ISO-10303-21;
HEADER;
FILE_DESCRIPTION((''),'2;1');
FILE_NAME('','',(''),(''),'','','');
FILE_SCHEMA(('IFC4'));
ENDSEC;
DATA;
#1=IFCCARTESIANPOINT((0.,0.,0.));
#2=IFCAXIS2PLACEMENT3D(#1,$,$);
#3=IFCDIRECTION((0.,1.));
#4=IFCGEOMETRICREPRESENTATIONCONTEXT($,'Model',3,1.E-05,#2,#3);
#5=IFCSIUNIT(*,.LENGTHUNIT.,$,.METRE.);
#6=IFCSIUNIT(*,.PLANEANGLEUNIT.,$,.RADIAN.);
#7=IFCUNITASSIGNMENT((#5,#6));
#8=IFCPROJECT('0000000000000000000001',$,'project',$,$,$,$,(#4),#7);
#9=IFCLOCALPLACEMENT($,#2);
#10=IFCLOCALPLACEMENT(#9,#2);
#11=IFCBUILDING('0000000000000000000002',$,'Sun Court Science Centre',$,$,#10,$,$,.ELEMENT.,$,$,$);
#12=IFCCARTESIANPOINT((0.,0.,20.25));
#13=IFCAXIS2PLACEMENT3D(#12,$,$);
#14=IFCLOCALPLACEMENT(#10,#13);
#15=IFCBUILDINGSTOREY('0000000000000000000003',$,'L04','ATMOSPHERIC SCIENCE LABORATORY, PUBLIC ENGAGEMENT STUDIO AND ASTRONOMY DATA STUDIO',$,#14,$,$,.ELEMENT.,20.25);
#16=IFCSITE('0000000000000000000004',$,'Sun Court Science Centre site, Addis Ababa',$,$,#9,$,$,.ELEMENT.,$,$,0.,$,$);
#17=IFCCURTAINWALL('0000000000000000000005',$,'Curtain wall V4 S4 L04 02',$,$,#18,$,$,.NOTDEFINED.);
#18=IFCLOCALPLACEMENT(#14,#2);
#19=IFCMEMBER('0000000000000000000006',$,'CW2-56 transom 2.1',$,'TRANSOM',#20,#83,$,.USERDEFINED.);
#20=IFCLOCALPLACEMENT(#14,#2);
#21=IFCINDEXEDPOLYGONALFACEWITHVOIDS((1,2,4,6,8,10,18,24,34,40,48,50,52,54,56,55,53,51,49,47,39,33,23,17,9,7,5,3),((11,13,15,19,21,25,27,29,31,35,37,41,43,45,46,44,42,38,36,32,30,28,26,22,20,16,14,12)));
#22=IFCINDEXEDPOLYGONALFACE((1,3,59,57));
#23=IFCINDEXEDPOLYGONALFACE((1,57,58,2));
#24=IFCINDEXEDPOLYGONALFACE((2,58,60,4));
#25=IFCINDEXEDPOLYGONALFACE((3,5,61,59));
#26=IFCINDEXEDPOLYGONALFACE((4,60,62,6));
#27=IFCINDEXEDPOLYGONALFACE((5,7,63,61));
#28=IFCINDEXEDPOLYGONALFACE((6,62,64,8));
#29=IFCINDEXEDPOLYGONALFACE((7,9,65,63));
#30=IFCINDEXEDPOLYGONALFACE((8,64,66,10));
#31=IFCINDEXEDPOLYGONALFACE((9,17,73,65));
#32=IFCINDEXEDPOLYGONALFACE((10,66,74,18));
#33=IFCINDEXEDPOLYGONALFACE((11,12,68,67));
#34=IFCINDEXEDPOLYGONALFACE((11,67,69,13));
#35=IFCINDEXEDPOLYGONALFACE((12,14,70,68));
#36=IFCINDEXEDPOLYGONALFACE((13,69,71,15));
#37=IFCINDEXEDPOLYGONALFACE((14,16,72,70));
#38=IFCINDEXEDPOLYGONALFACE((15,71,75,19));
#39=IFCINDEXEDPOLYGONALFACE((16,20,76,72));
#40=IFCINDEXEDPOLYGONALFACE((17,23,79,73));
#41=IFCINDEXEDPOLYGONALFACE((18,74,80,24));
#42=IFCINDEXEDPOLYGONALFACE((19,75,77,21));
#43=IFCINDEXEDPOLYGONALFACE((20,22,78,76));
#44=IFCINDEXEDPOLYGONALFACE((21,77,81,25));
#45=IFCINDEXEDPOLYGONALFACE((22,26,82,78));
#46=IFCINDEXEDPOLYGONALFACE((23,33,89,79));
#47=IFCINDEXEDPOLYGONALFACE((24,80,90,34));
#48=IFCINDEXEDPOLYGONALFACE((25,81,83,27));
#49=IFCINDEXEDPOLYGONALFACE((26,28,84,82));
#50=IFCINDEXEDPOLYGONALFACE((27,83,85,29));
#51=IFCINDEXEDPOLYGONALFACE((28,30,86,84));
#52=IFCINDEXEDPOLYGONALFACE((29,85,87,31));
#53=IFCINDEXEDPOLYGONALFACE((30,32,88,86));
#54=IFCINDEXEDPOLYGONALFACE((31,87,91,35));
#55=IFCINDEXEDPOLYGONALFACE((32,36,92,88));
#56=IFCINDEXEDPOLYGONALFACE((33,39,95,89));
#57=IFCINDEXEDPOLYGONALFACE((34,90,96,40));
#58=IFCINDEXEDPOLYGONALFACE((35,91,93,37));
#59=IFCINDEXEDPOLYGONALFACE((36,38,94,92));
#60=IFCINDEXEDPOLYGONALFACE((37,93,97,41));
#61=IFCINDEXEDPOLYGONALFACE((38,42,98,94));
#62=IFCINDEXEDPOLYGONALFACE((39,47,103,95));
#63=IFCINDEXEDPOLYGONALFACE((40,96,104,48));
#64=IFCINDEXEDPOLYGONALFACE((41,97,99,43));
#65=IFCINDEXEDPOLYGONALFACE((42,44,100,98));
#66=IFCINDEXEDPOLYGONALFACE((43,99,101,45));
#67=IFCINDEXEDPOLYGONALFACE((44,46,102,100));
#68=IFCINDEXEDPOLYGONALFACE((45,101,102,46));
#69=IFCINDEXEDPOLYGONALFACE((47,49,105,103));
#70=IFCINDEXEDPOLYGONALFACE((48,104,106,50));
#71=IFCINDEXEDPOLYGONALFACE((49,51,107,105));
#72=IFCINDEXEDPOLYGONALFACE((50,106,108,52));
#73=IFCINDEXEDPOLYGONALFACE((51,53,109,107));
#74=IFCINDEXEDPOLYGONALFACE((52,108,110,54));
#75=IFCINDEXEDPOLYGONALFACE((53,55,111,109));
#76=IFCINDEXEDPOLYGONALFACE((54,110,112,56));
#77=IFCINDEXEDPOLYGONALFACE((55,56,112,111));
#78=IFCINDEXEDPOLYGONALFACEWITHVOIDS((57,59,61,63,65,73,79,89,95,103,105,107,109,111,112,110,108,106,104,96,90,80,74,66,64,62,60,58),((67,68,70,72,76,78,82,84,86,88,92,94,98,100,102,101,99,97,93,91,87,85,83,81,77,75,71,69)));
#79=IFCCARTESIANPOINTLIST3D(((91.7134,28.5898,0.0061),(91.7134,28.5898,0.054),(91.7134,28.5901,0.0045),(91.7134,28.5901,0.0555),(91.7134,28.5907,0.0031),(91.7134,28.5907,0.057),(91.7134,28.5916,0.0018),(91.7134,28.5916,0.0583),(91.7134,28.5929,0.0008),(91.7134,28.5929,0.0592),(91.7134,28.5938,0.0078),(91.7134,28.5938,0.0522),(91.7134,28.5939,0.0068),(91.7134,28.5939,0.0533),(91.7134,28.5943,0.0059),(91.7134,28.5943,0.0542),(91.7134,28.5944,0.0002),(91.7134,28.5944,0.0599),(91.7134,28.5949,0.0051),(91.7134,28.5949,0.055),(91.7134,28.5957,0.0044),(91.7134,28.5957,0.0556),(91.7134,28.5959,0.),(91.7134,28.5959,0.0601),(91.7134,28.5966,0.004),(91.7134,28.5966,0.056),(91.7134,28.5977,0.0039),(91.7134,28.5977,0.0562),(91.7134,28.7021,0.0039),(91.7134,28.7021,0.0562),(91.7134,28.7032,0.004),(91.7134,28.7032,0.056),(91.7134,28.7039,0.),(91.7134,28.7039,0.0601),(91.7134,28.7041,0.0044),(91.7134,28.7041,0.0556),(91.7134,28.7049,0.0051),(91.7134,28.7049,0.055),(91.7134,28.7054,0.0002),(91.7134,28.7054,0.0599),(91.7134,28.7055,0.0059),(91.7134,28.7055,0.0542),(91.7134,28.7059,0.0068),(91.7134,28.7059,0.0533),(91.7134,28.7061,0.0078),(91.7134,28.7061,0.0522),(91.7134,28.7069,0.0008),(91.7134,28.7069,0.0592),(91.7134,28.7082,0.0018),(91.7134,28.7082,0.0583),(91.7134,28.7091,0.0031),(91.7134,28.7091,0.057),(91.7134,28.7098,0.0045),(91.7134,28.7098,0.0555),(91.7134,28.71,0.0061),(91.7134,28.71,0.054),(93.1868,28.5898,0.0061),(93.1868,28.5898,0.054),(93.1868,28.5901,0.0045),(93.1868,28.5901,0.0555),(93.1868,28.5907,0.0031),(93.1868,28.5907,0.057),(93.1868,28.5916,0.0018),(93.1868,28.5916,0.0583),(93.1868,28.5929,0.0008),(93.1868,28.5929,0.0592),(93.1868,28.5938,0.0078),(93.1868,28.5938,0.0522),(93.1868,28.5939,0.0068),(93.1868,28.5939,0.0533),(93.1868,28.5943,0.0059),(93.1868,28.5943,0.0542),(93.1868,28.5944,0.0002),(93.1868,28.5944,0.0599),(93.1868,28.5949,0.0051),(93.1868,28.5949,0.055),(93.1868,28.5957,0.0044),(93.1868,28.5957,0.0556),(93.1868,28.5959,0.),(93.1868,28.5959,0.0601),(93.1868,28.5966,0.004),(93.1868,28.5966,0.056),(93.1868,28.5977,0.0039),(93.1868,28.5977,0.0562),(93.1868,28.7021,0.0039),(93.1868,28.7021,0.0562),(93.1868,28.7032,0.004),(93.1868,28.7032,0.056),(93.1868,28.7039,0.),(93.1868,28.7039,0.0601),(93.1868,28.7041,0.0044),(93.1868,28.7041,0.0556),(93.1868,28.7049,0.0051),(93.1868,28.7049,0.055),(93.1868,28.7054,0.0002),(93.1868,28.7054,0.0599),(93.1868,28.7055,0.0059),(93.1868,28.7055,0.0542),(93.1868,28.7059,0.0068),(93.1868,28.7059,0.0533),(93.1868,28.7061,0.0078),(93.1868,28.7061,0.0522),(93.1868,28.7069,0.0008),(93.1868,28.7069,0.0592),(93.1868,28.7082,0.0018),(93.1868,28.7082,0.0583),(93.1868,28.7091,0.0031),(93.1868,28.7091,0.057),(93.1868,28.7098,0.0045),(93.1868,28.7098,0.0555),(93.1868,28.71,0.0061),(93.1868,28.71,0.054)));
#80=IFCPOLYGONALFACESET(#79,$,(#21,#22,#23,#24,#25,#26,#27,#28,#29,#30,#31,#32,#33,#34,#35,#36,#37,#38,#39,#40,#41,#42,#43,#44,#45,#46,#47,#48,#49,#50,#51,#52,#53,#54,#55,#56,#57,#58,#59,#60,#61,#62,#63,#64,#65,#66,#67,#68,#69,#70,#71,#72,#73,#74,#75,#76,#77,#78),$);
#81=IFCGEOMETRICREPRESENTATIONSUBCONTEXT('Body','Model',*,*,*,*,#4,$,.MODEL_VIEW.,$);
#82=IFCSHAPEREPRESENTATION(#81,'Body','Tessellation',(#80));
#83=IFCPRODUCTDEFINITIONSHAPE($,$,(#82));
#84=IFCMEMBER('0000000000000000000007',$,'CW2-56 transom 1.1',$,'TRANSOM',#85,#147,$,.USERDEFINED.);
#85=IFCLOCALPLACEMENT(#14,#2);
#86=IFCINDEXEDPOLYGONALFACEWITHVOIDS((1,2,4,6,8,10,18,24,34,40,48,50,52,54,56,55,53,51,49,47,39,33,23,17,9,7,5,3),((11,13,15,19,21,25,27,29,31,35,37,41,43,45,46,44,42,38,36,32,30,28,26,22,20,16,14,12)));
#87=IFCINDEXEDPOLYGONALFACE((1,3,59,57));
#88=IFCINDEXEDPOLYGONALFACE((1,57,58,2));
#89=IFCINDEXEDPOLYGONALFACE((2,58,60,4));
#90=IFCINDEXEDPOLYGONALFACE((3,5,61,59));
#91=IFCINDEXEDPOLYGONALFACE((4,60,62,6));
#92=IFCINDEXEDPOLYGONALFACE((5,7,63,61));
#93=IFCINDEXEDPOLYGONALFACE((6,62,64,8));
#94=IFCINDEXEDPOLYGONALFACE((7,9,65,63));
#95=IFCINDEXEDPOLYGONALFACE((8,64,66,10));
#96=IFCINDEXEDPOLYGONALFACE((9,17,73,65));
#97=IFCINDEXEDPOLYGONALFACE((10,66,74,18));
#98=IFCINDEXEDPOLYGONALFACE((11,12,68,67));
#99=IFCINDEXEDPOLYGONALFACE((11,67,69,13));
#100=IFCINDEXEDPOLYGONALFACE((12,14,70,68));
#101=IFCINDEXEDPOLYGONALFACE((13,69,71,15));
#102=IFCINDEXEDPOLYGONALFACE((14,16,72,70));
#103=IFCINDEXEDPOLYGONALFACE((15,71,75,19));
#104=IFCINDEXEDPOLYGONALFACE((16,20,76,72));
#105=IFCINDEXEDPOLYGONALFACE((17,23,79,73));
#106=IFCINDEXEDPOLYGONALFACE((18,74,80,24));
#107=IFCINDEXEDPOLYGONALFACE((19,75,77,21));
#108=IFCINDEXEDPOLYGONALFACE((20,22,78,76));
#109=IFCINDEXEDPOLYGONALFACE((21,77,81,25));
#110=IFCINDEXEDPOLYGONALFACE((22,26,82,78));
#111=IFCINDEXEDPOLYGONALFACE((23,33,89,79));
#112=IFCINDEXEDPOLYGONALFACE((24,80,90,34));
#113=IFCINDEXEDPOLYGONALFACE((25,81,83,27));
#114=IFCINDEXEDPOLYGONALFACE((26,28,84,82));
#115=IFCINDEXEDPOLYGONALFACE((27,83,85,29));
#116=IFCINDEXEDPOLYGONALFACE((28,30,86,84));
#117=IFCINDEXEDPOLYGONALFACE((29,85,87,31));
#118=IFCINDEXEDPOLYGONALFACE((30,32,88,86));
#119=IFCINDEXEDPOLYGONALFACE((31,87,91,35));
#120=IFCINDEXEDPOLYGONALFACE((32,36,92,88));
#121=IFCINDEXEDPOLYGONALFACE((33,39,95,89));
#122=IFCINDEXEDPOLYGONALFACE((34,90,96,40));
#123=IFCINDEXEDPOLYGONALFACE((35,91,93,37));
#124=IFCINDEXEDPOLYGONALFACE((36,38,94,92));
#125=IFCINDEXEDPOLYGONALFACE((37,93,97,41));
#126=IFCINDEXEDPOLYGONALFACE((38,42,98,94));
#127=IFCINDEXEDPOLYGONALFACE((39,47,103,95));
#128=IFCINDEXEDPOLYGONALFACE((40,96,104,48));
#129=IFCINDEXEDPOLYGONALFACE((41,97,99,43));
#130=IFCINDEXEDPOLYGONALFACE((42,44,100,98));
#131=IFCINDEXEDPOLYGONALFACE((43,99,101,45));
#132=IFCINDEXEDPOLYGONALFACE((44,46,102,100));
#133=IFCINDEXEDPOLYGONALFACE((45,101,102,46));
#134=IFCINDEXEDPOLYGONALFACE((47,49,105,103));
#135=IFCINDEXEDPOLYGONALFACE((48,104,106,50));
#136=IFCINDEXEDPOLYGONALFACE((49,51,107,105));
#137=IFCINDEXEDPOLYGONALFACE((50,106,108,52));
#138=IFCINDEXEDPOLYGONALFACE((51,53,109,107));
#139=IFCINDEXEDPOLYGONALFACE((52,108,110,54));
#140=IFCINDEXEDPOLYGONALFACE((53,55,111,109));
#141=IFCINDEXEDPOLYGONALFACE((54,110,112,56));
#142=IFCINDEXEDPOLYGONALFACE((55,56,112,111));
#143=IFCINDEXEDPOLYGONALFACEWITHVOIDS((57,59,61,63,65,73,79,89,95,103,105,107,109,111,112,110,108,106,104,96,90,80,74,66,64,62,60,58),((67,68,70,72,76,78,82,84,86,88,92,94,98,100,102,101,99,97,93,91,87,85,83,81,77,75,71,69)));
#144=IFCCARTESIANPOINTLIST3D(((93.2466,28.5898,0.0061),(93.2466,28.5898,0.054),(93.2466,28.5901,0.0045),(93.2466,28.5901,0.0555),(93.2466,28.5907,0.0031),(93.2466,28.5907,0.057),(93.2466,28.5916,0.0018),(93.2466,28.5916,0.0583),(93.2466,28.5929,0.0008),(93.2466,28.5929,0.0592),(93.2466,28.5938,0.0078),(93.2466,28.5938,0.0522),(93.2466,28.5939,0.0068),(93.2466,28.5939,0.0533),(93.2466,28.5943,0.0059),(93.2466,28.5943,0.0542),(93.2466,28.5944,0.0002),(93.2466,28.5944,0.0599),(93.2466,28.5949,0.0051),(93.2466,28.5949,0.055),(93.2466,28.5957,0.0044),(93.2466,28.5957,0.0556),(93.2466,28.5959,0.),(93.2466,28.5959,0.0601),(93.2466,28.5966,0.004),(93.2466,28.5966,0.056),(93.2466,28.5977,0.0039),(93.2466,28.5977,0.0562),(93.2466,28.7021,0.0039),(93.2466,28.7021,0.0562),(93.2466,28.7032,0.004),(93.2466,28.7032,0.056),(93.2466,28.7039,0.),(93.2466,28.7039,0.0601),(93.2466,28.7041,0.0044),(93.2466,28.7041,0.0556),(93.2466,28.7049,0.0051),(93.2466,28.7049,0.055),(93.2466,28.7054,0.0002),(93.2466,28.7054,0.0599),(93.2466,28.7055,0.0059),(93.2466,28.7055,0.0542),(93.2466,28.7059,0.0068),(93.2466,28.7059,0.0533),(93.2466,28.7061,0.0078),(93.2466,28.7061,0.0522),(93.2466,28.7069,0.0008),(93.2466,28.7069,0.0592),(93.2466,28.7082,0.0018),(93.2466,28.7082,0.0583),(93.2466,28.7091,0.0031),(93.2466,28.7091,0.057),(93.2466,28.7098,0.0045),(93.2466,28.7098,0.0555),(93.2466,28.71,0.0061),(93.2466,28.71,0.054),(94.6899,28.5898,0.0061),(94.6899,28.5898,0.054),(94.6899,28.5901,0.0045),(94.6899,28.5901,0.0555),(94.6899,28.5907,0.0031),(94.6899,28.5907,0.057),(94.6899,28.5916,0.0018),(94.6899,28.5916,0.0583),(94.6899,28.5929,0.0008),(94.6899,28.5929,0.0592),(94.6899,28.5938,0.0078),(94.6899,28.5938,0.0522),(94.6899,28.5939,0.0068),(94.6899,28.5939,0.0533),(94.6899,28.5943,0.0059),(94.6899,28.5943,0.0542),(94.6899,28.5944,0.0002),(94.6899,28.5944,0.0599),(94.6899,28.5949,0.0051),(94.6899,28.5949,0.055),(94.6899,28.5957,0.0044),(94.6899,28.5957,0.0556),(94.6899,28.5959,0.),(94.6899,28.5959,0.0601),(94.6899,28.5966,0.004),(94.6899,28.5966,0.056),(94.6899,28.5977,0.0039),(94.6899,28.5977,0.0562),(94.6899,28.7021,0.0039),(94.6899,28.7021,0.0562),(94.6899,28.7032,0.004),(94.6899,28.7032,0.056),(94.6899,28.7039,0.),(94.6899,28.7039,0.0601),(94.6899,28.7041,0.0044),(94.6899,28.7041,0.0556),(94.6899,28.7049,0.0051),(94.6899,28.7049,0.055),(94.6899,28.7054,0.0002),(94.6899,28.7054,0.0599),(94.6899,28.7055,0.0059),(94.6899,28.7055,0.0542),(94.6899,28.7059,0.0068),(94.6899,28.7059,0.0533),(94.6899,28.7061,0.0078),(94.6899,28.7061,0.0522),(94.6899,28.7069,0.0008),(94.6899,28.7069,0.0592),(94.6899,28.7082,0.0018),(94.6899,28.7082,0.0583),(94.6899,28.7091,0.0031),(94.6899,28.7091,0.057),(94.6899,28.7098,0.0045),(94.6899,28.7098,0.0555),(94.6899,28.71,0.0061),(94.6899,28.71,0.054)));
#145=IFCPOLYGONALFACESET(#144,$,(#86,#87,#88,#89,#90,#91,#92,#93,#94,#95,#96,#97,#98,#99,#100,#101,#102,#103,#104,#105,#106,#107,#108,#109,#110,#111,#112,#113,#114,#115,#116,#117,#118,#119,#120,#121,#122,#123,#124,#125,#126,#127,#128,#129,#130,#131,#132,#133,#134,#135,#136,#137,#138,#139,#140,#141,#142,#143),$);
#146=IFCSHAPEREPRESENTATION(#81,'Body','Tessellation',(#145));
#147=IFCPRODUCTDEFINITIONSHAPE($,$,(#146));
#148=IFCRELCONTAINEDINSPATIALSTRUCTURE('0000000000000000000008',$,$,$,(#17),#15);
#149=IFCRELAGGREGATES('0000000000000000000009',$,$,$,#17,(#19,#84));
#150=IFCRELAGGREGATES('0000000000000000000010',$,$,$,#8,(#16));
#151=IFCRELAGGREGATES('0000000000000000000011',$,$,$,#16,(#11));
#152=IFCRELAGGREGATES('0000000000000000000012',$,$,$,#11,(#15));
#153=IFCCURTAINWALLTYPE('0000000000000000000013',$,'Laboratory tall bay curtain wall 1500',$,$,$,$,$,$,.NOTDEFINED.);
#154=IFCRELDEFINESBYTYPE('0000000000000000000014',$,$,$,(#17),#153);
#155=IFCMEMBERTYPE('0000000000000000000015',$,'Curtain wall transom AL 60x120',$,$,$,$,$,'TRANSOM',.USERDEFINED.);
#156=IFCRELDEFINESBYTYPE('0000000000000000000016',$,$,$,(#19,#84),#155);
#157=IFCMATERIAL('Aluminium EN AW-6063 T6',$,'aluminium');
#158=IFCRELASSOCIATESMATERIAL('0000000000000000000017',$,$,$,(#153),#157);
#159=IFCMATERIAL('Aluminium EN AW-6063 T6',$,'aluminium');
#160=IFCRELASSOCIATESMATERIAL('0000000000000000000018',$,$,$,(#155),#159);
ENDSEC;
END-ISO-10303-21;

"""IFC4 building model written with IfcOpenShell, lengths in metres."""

from ifc_helpers import new_model, si_unit, direction, frame, origin, origin_2d, place, context, subcontext, project, spatial, hollow_rectangle, extrude, material, material_profile, profile_set, type_object, element, aggregate, save


model = new_model("IFC4")

# Units and contexts
model_context = context("Model", 3, precision=1e-05, world=origin(), true_north=direction((0.0, 1.0)))
body_context = subcontext(model_context, "Body", "Model", "MODEL_VIEW")
ifc_project = project(units=[si_unit("LENGTHUNIT", "METRE"), si_unit("PLANEANGLEUNIT", "RADIAN")], contexts=[model_context])

# Site, building, storey
site_placement = place(None, origin())
site = spatial("IfcSite", under=ifc_project, at=site_placement, Name="Sun Court Science Centre site, Addis Ababa", CompositionType="ELEMENT", RefElevation=0.0)
building_placement = place(site_placement, origin())
building = spatial("IfcBuilding", under=site, at=building_placement, Name="Sun Court Science Centre", CompositionType="ELEMENT")
storey_placement = place(building_placement, frame((0.0, 0.0, 20.25)))
storey = spatial("IfcBuildingStorey", under=building, at=storey_placement, Name="L04", Description="ATMOSPHERIC SCIENCE LABORATORY, PUBLIC ENGAGEMENT STUDIO AND ASTRONOMY DATA STUDIO", CompositionType="ELEMENT", Elevation=20.25)

# Shared definitions
ifc_material_1 = material(Name="Aluminium EN AW-6063 T6", Category="aluminium")
curtain_wall_type = type_object("IfcCurtainWallType", Name="Laboratory tall bay curtain wall 1500", PredefinedType="NOTDEFINED", material=ifc_material_1)

# Curtain wall
curtain_wall_1_placement = place(storey_placement, origin())
curtain_wall_1 = element("IfcCurtainWall", 1, at=curtain_wall_1_placement, inside=storey, type_object=curtain_wall_type, Name="Curtain wall V4 S4 L04 02", PredefinedType="NOTDEFINED")

# Members
ifc_material_2 = material(Name="Aluminium EN AW-6063 T6", Category="aluminium")
ifc_material_profile_1 = material_profile(ifc_material_2, hollow_rectangle(XDim=0.0601, YDim=0.1201, WallThickness=0.0039, InnerFilletRadius=0.0039, OuterFilletRadius=0.0061, at=origin_2d()), Name="AL 60x120x4")
ifc_profile_set_1 = profile_set([ifc_material_profile_1], Name="Aluminium EN AW-6063 T6")
member_type_1 = type_object("IfcMemberType", Name="Curtain wall transom AL 60x120", ElementType="TRANSOM", PredefinedType="USERDEFINED", material=ifc_profile_set_1)
member_1_placement = place(storey_placement, frame((93.1868, 28.6499, 0.03), z_axis=(-1.0, 0.0, 0.0), x_axis=(0.0, 0.0, 1.0)))
member_1 = element("IfcMember", 2, at=member_1_placement, type_object=member_type_1, Name="CW2-56 transom 2.1", ObjectType="TRANSOM", PredefinedType="USERDEFINED", context=body_context, shape_type="SweptSolid", body=[
    extrude(hollow_rectangle(XDim=0.0601, YDim=0.1201, WallThickness=0.0039, InnerFilletRadius=0.0039, OuterFilletRadius=0.0061, at=origin_2d()), origin(), (0.0, 0.0, 1.0), 1.4734),
])
member_2_placement = place(storey_placement, frame((94.6899, 28.6499, 0.03), z_axis=(-1.0, 0.0, 0.0), x_axis=(0.0, 0.0, 1.0)))
member_2 = element("IfcMember", 3, at=member_2_placement, type_object=member_type_1, Name="CW2-56 transom 1.1", ObjectType="TRANSOM", PredefinedType="USERDEFINED", context=body_context, shape_type="SweptSolid", body=[
    extrude(hollow_rectangle(XDim=0.0601, YDim=0.1201, WallThickness=0.0039, InnerFilletRadius=0.0039, OuterFilletRadius=0.0061, at=origin_2d()), origin(), (0.0, 0.0, 1.0), 1.4434),
])

aggregate(curtain_wall_1, [member_1, member_2])

save(model, "model.ifc")
